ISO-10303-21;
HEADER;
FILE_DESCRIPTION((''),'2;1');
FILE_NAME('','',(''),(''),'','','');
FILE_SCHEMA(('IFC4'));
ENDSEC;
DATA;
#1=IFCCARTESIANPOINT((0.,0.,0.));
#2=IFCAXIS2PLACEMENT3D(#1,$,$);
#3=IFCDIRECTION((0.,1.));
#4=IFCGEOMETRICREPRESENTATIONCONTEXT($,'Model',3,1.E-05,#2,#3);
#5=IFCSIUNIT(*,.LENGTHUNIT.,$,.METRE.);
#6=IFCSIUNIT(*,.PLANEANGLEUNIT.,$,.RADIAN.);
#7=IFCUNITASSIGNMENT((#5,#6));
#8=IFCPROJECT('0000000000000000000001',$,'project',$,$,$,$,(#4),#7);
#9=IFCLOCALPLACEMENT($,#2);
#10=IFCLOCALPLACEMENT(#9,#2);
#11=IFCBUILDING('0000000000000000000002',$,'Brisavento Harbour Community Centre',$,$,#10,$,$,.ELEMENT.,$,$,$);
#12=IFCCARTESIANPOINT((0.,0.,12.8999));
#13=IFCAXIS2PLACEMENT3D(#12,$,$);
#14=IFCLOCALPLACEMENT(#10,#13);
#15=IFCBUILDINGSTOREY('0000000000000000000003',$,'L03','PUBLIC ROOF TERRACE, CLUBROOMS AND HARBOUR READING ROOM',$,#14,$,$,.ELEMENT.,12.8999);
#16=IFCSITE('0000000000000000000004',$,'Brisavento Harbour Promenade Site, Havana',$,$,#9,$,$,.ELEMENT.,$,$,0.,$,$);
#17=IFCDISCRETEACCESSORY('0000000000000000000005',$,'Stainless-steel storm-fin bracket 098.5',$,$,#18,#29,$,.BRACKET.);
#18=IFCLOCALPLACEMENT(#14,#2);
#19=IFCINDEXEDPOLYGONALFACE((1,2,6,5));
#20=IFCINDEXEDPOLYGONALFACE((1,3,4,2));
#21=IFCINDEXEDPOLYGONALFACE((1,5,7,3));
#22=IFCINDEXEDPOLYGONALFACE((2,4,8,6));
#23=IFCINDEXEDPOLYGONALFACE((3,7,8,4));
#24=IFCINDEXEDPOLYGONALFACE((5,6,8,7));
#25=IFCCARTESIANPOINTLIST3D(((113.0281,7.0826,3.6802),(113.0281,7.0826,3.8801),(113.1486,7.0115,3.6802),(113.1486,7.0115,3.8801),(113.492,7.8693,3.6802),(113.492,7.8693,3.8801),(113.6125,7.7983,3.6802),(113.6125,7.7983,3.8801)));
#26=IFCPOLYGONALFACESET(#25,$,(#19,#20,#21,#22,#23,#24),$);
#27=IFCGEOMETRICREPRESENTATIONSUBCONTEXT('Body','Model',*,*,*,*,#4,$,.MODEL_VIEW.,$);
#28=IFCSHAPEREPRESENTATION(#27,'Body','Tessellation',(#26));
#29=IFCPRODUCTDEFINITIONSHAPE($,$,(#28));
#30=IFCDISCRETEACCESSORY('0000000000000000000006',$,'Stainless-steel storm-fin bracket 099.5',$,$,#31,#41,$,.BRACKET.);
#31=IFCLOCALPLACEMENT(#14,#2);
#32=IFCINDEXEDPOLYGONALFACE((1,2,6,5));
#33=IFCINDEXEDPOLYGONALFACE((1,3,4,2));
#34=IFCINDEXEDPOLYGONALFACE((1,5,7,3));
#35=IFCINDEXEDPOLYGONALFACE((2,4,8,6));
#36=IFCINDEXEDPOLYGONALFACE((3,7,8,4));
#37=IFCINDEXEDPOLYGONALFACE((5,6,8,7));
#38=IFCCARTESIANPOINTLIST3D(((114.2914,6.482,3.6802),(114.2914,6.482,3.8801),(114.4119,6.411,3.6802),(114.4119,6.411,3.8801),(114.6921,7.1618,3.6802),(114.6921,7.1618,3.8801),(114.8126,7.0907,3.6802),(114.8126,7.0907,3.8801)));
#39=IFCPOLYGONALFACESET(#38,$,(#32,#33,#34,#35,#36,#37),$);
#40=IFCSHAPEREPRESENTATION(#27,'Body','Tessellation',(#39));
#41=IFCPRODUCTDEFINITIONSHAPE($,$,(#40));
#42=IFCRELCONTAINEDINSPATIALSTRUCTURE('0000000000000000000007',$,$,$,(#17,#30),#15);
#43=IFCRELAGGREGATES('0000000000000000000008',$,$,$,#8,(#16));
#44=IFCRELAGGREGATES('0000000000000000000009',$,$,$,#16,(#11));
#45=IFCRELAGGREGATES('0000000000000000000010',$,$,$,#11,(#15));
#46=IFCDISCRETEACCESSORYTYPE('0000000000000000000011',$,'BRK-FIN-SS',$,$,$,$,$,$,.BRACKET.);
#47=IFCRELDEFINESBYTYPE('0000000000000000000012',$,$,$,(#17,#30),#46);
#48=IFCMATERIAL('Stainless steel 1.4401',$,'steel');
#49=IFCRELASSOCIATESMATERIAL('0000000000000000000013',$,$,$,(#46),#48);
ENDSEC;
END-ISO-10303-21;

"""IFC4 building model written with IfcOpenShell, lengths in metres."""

from ifc_helpers import new_model, si_unit, direction, frame, origin, origin_2d, place, context, subcontext, project, spatial, rectangle, extrude, material, type_object, element, save


model = new_model("IFC4")

# Units and contexts
model_context = context("Model", 3, precision=1e-05, world=origin(), true_north=direction((0.0, 1.0)))
body_context = subcontext(model_context, "Body", "Model", "MODEL_VIEW")
ifc_project = project(units=[si_unit("LENGTHUNIT", "METRE"), si_unit("PLANEANGLEUNIT", "RADIAN")], contexts=[model_context])

# Site, building, storey
site_placement = place(None, origin())
site = spatial("IfcSite", under=ifc_project, at=site_placement, Name="Brisavento Harbour Promenade Site, Havana", CompositionType="ELEMENT", RefElevation=0.0)
building_placement = place(site_placement, origin())
building = spatial("IfcBuilding", under=site, at=building_placement, Name="Brisavento Harbour Community Centre", CompositionType="ELEMENT")
storey_placement = place(building_placement, frame((0.0, 0.0, 12.8999)))
storey = spatial("IfcBuildingStorey", under=building, at=storey_placement, Name="L03", Description="PUBLIC ROOF TERRACE, CLUBROOMS AND HARBOUR READING ROOM", CompositionType="ELEMENT", Elevation=12.8999)

# Shared definitions
ifc_material_1 = material(Name="Stainless steel 1.4401", Category="steel")

# Discrete accessories
discrete_accessory_type = type_object("IfcDiscreteAccessoryType", Name="BRK-FIN-SS", PredefinedType="BRACKET", material=ifc_material_1)
discrete_accessory_1_placement = place(storey_placement, frame((113.3203, 7.4404, 3.6802), z_axis=(0.0, 0.0, 1.0), x_axis=(-0.507869, -0.861434, 0.0)))
element("IfcDiscreteAccessory", 1, at=discrete_accessory_1_placement, inside=storey, type_object=discrete_accessory_type, Name="Stainless-steel storm-fin bracket 098.5", PredefinedType="BRACKET", context=body_context, shape_type="SweptSolid", body=[
    extrude(rectangle(XDim=0.9133, YDim=0.1399, at=origin_2d()), origin(), (0.0, 0.0, 1.0), 0.2),
])
discrete_accessory_2_placement = place(storey_placement, frame((114.552, 6.7864, 3.6802), z_axis=(0.0, 0.0, 1.0), x_axis=(-0.507869, -0.861434, 0.0)))
element("IfcDiscreteAccessory", 2, at=discrete_accessory_2_placement, inside=storey, type_object=discrete_accessory_type, Name="Stainless-steel storm-fin bracket 099.5", PredefinedType="BRACKET", context=body_context, shape_type="SweptSolid", body=[
    extrude(rectangle(XDim=0.7891, YDim=0.1399, at=origin_2d()), origin(), (0.0, 0.0, 1.0), 0.2),
])

save(model, "model.ifc")
